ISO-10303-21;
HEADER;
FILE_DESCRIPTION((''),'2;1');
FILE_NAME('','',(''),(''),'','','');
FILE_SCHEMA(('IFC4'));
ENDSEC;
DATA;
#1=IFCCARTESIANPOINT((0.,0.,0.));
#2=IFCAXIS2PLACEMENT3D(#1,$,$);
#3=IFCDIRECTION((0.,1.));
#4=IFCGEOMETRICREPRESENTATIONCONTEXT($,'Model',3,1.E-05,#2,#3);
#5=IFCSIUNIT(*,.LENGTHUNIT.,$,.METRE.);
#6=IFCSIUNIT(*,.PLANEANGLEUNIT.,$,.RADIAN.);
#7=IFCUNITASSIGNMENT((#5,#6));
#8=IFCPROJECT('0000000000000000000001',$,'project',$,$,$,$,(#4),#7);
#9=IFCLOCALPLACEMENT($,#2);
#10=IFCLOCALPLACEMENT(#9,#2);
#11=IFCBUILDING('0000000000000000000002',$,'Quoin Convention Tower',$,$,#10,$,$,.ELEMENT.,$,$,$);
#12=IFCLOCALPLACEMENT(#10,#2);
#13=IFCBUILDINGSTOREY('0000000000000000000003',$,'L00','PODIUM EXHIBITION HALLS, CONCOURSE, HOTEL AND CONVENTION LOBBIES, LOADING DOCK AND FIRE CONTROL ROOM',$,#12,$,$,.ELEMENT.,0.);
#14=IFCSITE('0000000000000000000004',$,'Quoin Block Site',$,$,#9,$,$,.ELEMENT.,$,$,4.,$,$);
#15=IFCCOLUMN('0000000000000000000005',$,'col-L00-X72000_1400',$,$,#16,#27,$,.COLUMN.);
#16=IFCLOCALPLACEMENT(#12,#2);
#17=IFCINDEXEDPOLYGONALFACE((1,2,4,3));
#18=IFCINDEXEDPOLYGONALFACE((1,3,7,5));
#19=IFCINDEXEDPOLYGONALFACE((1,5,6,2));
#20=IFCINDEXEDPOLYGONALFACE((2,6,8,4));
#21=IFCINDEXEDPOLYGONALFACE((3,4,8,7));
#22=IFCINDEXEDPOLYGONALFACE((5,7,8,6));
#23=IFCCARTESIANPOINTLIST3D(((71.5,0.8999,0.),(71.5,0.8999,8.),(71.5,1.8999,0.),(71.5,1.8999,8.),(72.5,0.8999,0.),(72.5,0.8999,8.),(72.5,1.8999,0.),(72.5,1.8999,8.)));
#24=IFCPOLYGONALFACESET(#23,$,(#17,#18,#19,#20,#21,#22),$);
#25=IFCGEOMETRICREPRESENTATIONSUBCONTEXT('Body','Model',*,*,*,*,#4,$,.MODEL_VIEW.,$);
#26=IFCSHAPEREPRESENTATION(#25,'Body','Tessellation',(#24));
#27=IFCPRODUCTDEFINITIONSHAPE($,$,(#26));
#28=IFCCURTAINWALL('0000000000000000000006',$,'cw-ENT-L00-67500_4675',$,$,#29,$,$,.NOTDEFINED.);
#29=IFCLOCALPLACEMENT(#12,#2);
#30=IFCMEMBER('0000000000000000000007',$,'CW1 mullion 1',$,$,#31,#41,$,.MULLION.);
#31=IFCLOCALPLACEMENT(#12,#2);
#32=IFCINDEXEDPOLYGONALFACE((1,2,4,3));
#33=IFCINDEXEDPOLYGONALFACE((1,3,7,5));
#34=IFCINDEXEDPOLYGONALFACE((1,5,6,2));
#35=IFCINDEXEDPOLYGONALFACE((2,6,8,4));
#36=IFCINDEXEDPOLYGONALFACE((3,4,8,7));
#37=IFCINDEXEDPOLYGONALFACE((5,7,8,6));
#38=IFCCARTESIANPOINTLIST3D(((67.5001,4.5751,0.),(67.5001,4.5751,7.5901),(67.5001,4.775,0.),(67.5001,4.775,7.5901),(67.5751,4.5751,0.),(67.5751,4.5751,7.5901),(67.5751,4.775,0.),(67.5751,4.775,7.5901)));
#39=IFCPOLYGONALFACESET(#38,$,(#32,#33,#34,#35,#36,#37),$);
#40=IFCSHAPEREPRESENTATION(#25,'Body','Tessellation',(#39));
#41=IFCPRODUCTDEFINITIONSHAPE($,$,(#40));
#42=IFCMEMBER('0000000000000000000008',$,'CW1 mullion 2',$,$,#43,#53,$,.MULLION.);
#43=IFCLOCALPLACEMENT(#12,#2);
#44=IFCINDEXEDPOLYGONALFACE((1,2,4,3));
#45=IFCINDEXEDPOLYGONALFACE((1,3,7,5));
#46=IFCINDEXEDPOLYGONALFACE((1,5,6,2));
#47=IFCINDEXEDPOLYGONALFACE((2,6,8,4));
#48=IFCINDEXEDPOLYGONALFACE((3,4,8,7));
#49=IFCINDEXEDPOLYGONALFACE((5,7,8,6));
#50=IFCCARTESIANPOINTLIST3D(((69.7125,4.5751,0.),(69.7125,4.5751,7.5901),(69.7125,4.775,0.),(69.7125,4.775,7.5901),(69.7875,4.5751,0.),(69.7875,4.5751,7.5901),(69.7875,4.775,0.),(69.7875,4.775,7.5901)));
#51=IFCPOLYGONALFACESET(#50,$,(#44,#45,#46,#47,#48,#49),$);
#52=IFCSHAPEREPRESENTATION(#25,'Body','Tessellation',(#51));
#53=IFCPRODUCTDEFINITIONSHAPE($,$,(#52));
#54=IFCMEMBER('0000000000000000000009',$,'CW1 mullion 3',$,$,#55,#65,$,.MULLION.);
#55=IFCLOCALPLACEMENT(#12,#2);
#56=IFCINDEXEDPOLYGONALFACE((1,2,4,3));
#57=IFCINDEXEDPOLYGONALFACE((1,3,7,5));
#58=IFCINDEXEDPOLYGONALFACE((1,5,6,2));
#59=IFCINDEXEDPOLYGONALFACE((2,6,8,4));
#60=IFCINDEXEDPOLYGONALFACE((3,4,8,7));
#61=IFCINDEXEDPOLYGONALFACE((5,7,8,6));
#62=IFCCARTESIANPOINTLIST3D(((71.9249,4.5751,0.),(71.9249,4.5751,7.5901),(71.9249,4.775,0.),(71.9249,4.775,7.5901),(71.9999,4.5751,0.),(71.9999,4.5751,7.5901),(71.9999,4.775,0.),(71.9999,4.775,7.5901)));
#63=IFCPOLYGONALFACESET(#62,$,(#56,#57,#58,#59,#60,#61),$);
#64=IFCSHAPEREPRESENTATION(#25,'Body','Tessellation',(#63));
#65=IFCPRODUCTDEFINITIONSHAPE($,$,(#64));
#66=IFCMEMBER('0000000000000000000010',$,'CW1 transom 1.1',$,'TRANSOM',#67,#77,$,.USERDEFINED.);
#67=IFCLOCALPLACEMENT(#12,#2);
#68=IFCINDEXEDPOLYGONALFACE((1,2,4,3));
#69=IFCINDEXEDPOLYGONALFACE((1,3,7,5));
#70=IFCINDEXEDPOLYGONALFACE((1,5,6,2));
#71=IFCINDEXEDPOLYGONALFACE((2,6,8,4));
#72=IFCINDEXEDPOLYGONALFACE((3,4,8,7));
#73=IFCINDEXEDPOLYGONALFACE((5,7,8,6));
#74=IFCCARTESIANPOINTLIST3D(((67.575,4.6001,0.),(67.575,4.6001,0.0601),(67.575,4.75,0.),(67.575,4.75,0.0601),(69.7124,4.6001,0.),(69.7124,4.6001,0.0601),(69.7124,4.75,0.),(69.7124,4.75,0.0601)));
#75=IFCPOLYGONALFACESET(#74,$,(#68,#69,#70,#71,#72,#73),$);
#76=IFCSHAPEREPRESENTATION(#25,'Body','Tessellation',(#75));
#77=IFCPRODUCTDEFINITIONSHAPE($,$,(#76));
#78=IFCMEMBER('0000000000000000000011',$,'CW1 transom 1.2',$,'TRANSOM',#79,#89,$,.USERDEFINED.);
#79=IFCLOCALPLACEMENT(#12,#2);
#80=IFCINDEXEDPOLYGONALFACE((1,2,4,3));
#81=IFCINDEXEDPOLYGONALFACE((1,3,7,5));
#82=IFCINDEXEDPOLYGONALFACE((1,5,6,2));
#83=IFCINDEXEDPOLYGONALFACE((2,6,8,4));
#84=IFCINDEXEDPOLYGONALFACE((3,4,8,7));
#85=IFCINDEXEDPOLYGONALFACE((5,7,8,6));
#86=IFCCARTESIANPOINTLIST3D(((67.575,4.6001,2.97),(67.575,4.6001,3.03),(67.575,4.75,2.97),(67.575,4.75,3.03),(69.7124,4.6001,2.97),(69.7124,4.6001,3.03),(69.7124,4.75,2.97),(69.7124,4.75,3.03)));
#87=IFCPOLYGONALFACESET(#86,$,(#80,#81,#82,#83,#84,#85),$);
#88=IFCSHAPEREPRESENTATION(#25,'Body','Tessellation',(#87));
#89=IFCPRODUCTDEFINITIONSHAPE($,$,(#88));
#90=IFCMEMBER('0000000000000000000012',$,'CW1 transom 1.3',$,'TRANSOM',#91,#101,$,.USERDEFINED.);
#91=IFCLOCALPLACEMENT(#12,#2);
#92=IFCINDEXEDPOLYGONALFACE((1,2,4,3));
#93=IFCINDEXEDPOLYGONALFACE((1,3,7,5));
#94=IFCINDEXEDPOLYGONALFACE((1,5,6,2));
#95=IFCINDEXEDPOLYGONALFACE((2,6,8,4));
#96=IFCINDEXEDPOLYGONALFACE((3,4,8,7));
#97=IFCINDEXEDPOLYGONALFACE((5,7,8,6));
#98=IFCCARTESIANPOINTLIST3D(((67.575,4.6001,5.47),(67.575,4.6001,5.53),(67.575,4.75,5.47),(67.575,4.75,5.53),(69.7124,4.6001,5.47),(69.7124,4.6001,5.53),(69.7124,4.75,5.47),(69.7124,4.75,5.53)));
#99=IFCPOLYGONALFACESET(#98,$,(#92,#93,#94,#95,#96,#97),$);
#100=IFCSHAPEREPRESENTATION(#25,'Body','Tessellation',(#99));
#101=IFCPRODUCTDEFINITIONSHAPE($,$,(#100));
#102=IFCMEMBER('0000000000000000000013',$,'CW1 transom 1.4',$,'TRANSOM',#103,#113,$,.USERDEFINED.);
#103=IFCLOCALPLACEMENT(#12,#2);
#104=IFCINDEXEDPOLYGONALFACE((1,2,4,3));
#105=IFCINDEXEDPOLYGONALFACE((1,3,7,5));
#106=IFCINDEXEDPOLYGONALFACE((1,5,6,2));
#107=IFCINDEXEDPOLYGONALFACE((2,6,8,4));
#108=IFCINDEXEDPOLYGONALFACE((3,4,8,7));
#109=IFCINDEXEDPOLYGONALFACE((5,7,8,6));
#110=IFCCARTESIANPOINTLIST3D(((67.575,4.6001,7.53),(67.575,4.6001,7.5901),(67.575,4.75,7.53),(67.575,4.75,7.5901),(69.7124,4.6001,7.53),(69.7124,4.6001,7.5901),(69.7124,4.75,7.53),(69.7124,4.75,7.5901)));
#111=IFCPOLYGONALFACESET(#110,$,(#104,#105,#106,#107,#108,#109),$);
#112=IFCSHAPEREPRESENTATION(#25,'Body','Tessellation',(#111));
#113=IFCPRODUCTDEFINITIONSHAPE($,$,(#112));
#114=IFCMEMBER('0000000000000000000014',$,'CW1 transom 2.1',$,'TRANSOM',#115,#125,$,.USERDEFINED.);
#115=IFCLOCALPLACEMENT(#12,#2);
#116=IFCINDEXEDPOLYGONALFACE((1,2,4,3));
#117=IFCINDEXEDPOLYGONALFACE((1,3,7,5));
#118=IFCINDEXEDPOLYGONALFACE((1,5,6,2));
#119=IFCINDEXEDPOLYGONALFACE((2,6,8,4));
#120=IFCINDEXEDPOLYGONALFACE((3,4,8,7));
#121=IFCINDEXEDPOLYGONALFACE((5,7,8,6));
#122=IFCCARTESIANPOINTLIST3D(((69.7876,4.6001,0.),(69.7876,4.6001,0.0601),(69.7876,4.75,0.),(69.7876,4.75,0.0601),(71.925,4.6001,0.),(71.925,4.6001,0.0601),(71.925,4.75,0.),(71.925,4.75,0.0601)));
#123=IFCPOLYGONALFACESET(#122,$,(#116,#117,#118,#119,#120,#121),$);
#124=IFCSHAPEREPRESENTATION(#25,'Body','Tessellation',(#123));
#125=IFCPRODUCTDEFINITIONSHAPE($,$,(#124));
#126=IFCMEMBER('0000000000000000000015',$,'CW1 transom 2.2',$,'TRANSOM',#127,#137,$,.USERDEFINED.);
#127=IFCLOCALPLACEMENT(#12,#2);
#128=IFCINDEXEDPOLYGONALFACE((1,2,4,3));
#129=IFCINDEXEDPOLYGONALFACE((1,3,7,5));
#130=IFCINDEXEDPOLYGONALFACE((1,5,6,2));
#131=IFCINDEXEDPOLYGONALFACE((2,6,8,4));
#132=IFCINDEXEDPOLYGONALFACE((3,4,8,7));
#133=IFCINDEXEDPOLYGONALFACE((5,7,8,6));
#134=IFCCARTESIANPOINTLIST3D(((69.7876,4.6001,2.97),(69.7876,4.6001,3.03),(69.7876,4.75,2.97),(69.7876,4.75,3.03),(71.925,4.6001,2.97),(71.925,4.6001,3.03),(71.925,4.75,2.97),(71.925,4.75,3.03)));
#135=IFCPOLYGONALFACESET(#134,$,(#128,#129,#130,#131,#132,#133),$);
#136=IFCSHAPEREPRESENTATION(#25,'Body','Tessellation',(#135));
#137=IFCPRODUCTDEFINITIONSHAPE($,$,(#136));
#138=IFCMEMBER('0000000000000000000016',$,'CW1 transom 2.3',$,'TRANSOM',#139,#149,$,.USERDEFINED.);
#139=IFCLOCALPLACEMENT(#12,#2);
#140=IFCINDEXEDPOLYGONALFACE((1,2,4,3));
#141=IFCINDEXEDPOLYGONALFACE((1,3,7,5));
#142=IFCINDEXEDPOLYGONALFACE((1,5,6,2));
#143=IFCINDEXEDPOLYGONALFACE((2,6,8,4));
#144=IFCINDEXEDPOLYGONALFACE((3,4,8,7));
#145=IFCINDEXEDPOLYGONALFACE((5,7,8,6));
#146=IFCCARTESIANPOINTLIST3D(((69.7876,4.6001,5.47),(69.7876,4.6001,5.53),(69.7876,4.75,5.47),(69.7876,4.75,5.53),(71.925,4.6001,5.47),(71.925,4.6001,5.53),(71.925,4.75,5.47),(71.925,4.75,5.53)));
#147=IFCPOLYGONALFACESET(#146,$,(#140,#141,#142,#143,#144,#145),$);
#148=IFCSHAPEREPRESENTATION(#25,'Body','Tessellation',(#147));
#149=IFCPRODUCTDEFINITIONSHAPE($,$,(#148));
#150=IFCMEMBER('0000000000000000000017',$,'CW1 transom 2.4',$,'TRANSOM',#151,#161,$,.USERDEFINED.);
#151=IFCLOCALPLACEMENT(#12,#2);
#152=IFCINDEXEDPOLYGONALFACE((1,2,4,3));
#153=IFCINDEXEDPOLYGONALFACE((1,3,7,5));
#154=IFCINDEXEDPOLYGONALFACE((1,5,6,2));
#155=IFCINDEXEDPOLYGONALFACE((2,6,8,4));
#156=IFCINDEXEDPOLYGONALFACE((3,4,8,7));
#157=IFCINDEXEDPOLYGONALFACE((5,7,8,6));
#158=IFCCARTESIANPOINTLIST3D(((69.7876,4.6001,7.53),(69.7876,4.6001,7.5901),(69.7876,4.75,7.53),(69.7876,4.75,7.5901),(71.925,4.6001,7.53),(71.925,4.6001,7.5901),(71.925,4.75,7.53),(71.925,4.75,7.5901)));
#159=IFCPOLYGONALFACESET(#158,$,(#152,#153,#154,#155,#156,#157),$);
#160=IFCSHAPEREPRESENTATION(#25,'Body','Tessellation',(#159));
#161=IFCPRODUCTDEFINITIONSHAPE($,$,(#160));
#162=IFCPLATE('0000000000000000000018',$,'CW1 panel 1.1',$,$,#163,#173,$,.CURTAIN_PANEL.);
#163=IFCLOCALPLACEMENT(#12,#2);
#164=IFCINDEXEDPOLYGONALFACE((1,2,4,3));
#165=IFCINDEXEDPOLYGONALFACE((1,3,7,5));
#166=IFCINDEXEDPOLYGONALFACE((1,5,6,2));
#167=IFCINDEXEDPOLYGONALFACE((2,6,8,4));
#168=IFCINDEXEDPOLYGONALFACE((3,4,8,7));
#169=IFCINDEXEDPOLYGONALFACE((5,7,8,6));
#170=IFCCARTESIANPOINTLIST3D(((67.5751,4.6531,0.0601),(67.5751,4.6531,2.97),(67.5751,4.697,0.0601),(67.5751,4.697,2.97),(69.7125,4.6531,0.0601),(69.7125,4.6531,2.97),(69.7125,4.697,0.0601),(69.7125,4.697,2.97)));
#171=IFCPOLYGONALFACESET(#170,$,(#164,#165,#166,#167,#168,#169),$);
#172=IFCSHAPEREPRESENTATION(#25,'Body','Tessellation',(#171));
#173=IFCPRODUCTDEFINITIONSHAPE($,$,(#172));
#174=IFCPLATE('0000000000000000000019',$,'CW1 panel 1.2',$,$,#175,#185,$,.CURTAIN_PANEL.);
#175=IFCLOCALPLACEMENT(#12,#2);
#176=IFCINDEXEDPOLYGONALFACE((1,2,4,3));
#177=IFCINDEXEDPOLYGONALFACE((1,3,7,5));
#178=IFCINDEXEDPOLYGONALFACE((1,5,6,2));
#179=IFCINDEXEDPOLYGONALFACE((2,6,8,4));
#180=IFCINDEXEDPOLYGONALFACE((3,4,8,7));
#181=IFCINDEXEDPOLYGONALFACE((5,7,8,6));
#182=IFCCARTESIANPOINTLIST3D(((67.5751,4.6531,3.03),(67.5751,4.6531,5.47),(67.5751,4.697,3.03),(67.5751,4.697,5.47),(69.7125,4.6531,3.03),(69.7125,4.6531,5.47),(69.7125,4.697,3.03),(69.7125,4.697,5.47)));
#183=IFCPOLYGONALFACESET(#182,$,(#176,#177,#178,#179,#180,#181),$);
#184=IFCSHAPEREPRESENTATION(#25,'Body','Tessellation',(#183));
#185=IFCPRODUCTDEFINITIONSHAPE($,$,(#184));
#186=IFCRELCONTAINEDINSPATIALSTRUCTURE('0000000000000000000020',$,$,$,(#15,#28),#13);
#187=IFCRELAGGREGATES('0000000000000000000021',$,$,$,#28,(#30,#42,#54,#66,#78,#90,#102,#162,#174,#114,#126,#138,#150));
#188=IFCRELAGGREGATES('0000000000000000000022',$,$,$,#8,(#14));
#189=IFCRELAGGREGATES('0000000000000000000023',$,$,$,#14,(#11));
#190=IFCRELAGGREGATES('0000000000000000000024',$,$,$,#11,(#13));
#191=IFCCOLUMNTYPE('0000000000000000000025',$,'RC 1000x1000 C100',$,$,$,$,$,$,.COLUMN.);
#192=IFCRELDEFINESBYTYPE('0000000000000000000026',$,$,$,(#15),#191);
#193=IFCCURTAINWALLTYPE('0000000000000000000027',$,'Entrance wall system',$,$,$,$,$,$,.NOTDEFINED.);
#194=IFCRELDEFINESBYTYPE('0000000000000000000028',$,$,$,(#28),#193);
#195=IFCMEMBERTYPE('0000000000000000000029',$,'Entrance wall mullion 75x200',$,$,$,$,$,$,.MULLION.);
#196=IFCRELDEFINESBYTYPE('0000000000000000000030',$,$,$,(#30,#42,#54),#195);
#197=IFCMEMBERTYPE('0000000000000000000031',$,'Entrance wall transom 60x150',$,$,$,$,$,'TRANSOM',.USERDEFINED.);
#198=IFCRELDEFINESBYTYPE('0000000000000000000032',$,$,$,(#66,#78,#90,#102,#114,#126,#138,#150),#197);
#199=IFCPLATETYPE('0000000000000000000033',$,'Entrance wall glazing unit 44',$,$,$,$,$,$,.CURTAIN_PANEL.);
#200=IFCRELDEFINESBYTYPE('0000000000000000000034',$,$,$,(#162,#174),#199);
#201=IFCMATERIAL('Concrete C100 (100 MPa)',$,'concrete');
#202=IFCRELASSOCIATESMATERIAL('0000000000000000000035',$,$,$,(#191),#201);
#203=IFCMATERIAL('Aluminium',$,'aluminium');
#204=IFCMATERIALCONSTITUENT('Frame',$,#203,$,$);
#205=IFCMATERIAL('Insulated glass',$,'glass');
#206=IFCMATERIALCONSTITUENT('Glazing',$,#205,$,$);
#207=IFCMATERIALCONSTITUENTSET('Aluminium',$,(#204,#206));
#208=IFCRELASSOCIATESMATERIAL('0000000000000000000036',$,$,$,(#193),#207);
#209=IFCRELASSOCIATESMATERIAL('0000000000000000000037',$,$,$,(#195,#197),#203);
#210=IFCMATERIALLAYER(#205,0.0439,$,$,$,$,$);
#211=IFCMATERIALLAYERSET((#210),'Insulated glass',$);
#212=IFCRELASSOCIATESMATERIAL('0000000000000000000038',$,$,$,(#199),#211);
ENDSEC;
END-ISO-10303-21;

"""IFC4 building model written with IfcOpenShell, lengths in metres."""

from ifc_helpers import new_model, si_unit, direction, frame, origin, origin_2d, place, context, subcontext, project, spatial, rectangle, extrude, material, layer, layer_set, constituent, constituent_set, material_profile, profile_set, type_object, element, aggregate, save


model = new_model("IFC4")

# Units and contexts
model_context = context("Model", 3, precision=1e-05, world=origin(), true_north=direction((0.0, 1.0)))
body_context = subcontext(model_context, "Body", "Model", "MODEL_VIEW")
ifc_project = project(units=[si_unit("LENGTHUNIT", "METRE"), si_unit("PLANEANGLEUNIT", "RADIAN")], contexts=[model_context])

# Site, building, storey
site_placement = place(None, origin())
site = spatial("IfcSite", under=ifc_project, at=site_placement, Name="Quoin Block Site", CompositionType="ELEMENT", RefElevation=4.0)
building_placement = place(site_placement, origin())
building = spatial("IfcBuilding", under=site, at=building_placement, Name="Quoin Convention Tower", CompositionType="ELEMENT")
storey_placement = place(building_placement, origin())
storey = spatial("IfcBuildingStorey", under=building, at=storey_placement, Name="L00", Description="PODIUM EXHIBITION HALLS, CONCOURSE, HOTEL AND CONVENTION LOBBIES, LOADING DOCK AND FIRE CONTROL ROOM", CompositionType="ELEMENT", Elevation=0.0)

# Column
ifc_material_1 = material(Name="Concrete C100 (100 MPa)", Category="concrete")
ifc_material_profile_1 = material_profile(ifc_material_1, rectangle(XDim=1.0, YDim=1.0, at=origin_2d()), Name="RC 1000x1000")
ifc_profile_set_1 = profile_set([ifc_material_profile_1], Name="Concrete C100 (100 MPa)")
column_type = type_object("IfcColumnType", Name="RC 1000x1000 C100", PredefinedType="COLUMN", material=ifc_profile_set_1)
column_placement = place(storey_placement, frame((72.0, 1.3999, 0.0), z_axis=(0.0, 0.0, 1.0), x_axis=(1.0, 0.0, 0.0)))
element("IfcColumn", 1, at=column_placement, inside=storey, type_object=column_type, Name="col-L00-X72000_1400", PredefinedType="COLUMN", context=body_context, shape_type="SweptSolid", body=[
    extrude(rectangle(XDim=1.0, YDim=1.0, at=origin_2d()), origin(), (0.0, 0.0, 1.0), 8.0),
])

# Curtain wall, members, plates
ifc_material_2 = material(Name="Aluminium", Category="aluminium")
ifc_constituent_1 = constituent(ifc_material_2, Name="Frame")
ifc_material_3 = material(Name="Insulated glass", Category="glass")
ifc_constituent_2 = constituent(ifc_material_3, Name="Glazing")
ifc_constituent_set_1 = constituent_set(constituents=[ifc_constituent_1, ifc_constituent_2], Name="Aluminium")
curtain_wall_type = type_object("IfcCurtainWallType", Name="Entrance wall system", PredefinedType="NOTDEFINED", material=ifc_constituent_set_1)
curtain_wall_placement = place(storey_placement, origin())
curtain_wall = element("IfcCurtainWall", 2, at=curtain_wall_placement, inside=storey, type_object=curtain_wall_type, Name="cw-ENT-L00-67500_4675", PredefinedType="NOTDEFINED")
ifc_material_profile_2 = material_profile(ifc_material_2, rectangle(XDim=0.2, YDim=0.075, at=origin_2d()), Name="Entrance wall mullion 75x200")
ifc_profile_set_2 = profile_set([ifc_material_profile_2], Name="Aluminium")
member_type_1 = type_object("IfcMemberType", Name="Entrance wall mullion 75x200", PredefinedType="MULLION", material=ifc_profile_set_2)
member_1_placement = place(storey_placement, frame((67.5376, 4.675, 0.0), z_axis=(0.0, 0.0, 1.0), x_axis=(0.0, 1.0, 0.0)))
member_1 = element("IfcMember", 3, at=member_1_placement, type_object=member_type_1, Name="CW1 mullion 1", PredefinedType="MULLION", context=body_context, shape_type="SweptSolid", body=[
    extrude(rectangle(XDim=0.2, YDim=0.075, at=origin_2d()), origin(), (0.0, 0.0, 1.0), 7.5901),
])
member_2_placement = place(storey_placement, frame((69.75, 4.675, 0.0), z_axis=(0.0, 0.0, 1.0), x_axis=(0.0, 1.0, 0.0)))
member_2 = element("IfcMember", 4, at=member_2_placement, type_object=member_type_1, Name="CW1 mullion 2", PredefinedType="MULLION", context=body_context, shape_type="SweptSolid", body=[
    extrude(rectangle(XDim=0.2, YDim=0.075, at=origin_2d()), origin(), (0.0, 0.0, 1.0), 7.5901),
])
member_3_placement = place(storey_placement, frame((71.9624, 4.675, 0.0), z_axis=(0.0, 0.0, 1.0), x_axis=(0.0, 1.0, 0.0)))
member_3 = element("IfcMember", 5, at=member_3_placement, type_object=member_type_1, Name="CW1 mullion 3", PredefinedType="MULLION", context=body_context, shape_type="SweptSolid", body=[
    extrude(rectangle(XDim=0.2, YDim=0.075, at=origin_2d()), origin(), (0.0, 0.0, 1.0), 7.5901),
])
ifc_material_profile_3 = material_profile(ifc_material_2, rectangle(XDim=0.1499, YDim=0.0601, at=origin_2d()), Name="Entrance wall transom 60x150")
ifc_profile_set_3 = profile_set([ifc_material_profile_3], Name="Aluminium")
member_type_2 = type_object("IfcMemberType", Name="Entrance wall transom 60x150", ElementType="TRANSOM", PredefinedType="USERDEFINED", material=ifc_profile_set_3)
member_4_placement = place(storey_placement, frame((67.575, 4.675, 0.03), z_axis=(1.0, 0.0, 0.0), x_axis=(0.0, 1.0, 0.0)))
member_4 = element("IfcMember", 6, at=member_4_placement, type_object=member_type_2, Name="CW1 transom 1.1", ObjectType="TRANSOM", PredefinedType="USERDEFINED", context=body_context, shape_type="SweptSolid", body=[
    extrude(rectangle(XDim=0.1499, YDim=0.0601, at=origin_2d()), origin(), (0.0, 0.0, 1.0), 2.1375),
])
member_5_placement = place(storey_placement, frame((67.575, 4.675, 3.0), z_axis=(1.0, 0.0, 0.0), x_axis=(0.0, 1.0, 0.0)))
member_5 = element("IfcMember", 7, at=member_5_placement, type_object=member_type_2, Name="CW1 transom 1.2", ObjectType="TRANSOM", PredefinedType="USERDEFINED", context=body_context, shape_type="SweptSolid", body=[
    extrude(rectangle(XDim=0.1499, YDim=0.0601, at=origin_2d()), origin(), (0.0, 0.0, 1.0), 2.1375),
])
member_6_placement = place(storey_placement, frame((67.575, 4.675, 5.5), z_axis=(1.0, 0.0, 0.0), x_axis=(0.0, 1.0, 0.0)))
member_6 = element("IfcMember", 8, at=member_6_placement, type_object=member_type_2, Name="CW1 transom 1.3", ObjectType="TRANSOM", PredefinedType="USERDEFINED", context=body_context, shape_type="SweptSolid", body=[
    extrude(rectangle(XDim=0.1499, YDim=0.0601, at=origin_2d()), origin(), (0.0, 0.0, 1.0), 2.1375),
])
member_7_placement = place(storey_placement, frame((67.575, 4.675, 7.5601), z_axis=(1.0, 0.0, 0.0), x_axis=(0.0, 1.0, 0.0)))
member_7 = element("IfcMember", 9, at=member_7_placement, type_object=member_type_2, Name="CW1 transom 1.4", ObjectType="TRANSOM", PredefinedType="USERDEFINED", context=body_context, shape_type="SweptSolid", body=[
    extrude(rectangle(XDim=0.1499, YDim=0.0601, at=origin_2d()), origin(), (0.0, 0.0, 1.0), 2.1375),
])
member_8_placement = place(storey_placement, frame((69.7876, 4.675, 0.03), z_axis=(1.0, 0.0, 0.0), x_axis=(0.0, 1.0, 0.0)))
member_8 = element("IfcMember", 10, at=member_8_placement, type_object=member_type_2, Name="CW1 transom 2.1", ObjectType="TRANSOM", PredefinedType="USERDEFINED", context=body_context, shape_type="SweptSolid", body=[
    extrude(rectangle(XDim=0.1499, YDim=0.0601, at=origin_2d()), origin(), (0.0, 0.0, 1.0), 2.1375),
])
member_9_placement = place(storey_placement, frame((69.7876, 4.675, 3.0), z_axis=(1.0, 0.0, 0.0), x_axis=(0.0, 1.0, 0.0)))
member_9 = element("IfcMember", 11, at=member_9_placement, type_object=member_type_2, Name="CW1 transom 2.2", ObjectType="TRANSOM", PredefinedType="USERDEFINED", context=body_context, shape_type="SweptSolid", body=[
    extrude(rectangle(XDim=0.1499, YDim=0.0601, at=origin_2d()), origin(), (0.0, 0.0, 1.0), 2.1375),
])
member_10_placement = place(storey_placement, frame((69.7876, 4.675, 5.5), z_axis=(1.0, 0.0, 0.0), x_axis=(0.0, 1.0, 0.0)))
member_10 = element("IfcMember", 12, at=member_10_placement, type_object=member_type_2, Name="CW1 transom 2.3", ObjectType="TRANSOM", PredefinedType="USERDEFINED", context=body_context, shape_type="SweptSolid", body=[
    extrude(rectangle(XDim=0.1499, YDim=0.0601, at=origin_2d()), origin(), (0.0, 0.0, 1.0), 2.1375),
])
member_11_placement = place(storey_placement, frame((69.7876, 4.675, 7.5601), z_axis=(1.0, 0.0, 0.0), x_axis=(0.0, 1.0, 0.0)))
member_11 = element("IfcMember", 13, at=member_11_placement, type_object=member_type_2, Name="CW1 transom 2.4", ObjectType="TRANSOM", PredefinedType="USERDEFINED", context=body_context, shape_type="SweptSolid", body=[
    extrude(rectangle(XDim=0.1499, YDim=0.0601, at=origin_2d()), origin(), (0.0, 0.0, 1.0), 2.1375),
])
ifc_layer_1 = layer(ifc_material_3, 0.0439)
ifc_layer_set_1 = layer_set([ifc_layer_1], Name="Insulated glass")
plate_type = type_object("IfcPlateType", Name="Entrance wall glazing unit 44", PredefinedType="CURTAIN_PANEL", material=ifc_layer_set_1)
plate_1_placement = place(storey_placement, frame((68.6438, 4.675, 0.0601), z_axis=(0.0, 0.0, 1.0), x_axis=(1.0, 0.0, 0.0)))
plate_1 = element("IfcPlate", 14, at=plate_1_placement, type_object=plate_type, Name="CW1 panel 1.1", PredefinedType="CURTAIN_PANEL", context=body_context, shape_type="SweptSolid", body=[
    extrude(rectangle(XDim=2.1375, YDim=0.0439, at=origin_2d()), origin(), (0.0, 0.0, 1.0), 2.9099),
])
plate_2_placement = place(storey_placement, frame((68.6438, 4.675, 3.03), z_axis=(0.0, 0.0, 1.0), x_axis=(1.0, 0.0, 0.0)))
plate_2 = element("IfcPlate", 15, at=plate_2_placement, type_object=plate_type, Name="CW1 panel 1.2", PredefinedType="CURTAIN_PANEL", context=body_context, shape_type="SweptSolid", body=[
    extrude(rectangle(XDim=2.1375, YDim=0.0439, at=origin_2d()), origin(), (0.0, 0.0, 1.0), 2.4399),
])
aggregate(curtain_wall, [member_1, member_2, member_3, member_4, member_5, member_6, member_7, plate_1, plate_2, member_8, member_9, member_10, member_11])

save(model, "model.ifc")
